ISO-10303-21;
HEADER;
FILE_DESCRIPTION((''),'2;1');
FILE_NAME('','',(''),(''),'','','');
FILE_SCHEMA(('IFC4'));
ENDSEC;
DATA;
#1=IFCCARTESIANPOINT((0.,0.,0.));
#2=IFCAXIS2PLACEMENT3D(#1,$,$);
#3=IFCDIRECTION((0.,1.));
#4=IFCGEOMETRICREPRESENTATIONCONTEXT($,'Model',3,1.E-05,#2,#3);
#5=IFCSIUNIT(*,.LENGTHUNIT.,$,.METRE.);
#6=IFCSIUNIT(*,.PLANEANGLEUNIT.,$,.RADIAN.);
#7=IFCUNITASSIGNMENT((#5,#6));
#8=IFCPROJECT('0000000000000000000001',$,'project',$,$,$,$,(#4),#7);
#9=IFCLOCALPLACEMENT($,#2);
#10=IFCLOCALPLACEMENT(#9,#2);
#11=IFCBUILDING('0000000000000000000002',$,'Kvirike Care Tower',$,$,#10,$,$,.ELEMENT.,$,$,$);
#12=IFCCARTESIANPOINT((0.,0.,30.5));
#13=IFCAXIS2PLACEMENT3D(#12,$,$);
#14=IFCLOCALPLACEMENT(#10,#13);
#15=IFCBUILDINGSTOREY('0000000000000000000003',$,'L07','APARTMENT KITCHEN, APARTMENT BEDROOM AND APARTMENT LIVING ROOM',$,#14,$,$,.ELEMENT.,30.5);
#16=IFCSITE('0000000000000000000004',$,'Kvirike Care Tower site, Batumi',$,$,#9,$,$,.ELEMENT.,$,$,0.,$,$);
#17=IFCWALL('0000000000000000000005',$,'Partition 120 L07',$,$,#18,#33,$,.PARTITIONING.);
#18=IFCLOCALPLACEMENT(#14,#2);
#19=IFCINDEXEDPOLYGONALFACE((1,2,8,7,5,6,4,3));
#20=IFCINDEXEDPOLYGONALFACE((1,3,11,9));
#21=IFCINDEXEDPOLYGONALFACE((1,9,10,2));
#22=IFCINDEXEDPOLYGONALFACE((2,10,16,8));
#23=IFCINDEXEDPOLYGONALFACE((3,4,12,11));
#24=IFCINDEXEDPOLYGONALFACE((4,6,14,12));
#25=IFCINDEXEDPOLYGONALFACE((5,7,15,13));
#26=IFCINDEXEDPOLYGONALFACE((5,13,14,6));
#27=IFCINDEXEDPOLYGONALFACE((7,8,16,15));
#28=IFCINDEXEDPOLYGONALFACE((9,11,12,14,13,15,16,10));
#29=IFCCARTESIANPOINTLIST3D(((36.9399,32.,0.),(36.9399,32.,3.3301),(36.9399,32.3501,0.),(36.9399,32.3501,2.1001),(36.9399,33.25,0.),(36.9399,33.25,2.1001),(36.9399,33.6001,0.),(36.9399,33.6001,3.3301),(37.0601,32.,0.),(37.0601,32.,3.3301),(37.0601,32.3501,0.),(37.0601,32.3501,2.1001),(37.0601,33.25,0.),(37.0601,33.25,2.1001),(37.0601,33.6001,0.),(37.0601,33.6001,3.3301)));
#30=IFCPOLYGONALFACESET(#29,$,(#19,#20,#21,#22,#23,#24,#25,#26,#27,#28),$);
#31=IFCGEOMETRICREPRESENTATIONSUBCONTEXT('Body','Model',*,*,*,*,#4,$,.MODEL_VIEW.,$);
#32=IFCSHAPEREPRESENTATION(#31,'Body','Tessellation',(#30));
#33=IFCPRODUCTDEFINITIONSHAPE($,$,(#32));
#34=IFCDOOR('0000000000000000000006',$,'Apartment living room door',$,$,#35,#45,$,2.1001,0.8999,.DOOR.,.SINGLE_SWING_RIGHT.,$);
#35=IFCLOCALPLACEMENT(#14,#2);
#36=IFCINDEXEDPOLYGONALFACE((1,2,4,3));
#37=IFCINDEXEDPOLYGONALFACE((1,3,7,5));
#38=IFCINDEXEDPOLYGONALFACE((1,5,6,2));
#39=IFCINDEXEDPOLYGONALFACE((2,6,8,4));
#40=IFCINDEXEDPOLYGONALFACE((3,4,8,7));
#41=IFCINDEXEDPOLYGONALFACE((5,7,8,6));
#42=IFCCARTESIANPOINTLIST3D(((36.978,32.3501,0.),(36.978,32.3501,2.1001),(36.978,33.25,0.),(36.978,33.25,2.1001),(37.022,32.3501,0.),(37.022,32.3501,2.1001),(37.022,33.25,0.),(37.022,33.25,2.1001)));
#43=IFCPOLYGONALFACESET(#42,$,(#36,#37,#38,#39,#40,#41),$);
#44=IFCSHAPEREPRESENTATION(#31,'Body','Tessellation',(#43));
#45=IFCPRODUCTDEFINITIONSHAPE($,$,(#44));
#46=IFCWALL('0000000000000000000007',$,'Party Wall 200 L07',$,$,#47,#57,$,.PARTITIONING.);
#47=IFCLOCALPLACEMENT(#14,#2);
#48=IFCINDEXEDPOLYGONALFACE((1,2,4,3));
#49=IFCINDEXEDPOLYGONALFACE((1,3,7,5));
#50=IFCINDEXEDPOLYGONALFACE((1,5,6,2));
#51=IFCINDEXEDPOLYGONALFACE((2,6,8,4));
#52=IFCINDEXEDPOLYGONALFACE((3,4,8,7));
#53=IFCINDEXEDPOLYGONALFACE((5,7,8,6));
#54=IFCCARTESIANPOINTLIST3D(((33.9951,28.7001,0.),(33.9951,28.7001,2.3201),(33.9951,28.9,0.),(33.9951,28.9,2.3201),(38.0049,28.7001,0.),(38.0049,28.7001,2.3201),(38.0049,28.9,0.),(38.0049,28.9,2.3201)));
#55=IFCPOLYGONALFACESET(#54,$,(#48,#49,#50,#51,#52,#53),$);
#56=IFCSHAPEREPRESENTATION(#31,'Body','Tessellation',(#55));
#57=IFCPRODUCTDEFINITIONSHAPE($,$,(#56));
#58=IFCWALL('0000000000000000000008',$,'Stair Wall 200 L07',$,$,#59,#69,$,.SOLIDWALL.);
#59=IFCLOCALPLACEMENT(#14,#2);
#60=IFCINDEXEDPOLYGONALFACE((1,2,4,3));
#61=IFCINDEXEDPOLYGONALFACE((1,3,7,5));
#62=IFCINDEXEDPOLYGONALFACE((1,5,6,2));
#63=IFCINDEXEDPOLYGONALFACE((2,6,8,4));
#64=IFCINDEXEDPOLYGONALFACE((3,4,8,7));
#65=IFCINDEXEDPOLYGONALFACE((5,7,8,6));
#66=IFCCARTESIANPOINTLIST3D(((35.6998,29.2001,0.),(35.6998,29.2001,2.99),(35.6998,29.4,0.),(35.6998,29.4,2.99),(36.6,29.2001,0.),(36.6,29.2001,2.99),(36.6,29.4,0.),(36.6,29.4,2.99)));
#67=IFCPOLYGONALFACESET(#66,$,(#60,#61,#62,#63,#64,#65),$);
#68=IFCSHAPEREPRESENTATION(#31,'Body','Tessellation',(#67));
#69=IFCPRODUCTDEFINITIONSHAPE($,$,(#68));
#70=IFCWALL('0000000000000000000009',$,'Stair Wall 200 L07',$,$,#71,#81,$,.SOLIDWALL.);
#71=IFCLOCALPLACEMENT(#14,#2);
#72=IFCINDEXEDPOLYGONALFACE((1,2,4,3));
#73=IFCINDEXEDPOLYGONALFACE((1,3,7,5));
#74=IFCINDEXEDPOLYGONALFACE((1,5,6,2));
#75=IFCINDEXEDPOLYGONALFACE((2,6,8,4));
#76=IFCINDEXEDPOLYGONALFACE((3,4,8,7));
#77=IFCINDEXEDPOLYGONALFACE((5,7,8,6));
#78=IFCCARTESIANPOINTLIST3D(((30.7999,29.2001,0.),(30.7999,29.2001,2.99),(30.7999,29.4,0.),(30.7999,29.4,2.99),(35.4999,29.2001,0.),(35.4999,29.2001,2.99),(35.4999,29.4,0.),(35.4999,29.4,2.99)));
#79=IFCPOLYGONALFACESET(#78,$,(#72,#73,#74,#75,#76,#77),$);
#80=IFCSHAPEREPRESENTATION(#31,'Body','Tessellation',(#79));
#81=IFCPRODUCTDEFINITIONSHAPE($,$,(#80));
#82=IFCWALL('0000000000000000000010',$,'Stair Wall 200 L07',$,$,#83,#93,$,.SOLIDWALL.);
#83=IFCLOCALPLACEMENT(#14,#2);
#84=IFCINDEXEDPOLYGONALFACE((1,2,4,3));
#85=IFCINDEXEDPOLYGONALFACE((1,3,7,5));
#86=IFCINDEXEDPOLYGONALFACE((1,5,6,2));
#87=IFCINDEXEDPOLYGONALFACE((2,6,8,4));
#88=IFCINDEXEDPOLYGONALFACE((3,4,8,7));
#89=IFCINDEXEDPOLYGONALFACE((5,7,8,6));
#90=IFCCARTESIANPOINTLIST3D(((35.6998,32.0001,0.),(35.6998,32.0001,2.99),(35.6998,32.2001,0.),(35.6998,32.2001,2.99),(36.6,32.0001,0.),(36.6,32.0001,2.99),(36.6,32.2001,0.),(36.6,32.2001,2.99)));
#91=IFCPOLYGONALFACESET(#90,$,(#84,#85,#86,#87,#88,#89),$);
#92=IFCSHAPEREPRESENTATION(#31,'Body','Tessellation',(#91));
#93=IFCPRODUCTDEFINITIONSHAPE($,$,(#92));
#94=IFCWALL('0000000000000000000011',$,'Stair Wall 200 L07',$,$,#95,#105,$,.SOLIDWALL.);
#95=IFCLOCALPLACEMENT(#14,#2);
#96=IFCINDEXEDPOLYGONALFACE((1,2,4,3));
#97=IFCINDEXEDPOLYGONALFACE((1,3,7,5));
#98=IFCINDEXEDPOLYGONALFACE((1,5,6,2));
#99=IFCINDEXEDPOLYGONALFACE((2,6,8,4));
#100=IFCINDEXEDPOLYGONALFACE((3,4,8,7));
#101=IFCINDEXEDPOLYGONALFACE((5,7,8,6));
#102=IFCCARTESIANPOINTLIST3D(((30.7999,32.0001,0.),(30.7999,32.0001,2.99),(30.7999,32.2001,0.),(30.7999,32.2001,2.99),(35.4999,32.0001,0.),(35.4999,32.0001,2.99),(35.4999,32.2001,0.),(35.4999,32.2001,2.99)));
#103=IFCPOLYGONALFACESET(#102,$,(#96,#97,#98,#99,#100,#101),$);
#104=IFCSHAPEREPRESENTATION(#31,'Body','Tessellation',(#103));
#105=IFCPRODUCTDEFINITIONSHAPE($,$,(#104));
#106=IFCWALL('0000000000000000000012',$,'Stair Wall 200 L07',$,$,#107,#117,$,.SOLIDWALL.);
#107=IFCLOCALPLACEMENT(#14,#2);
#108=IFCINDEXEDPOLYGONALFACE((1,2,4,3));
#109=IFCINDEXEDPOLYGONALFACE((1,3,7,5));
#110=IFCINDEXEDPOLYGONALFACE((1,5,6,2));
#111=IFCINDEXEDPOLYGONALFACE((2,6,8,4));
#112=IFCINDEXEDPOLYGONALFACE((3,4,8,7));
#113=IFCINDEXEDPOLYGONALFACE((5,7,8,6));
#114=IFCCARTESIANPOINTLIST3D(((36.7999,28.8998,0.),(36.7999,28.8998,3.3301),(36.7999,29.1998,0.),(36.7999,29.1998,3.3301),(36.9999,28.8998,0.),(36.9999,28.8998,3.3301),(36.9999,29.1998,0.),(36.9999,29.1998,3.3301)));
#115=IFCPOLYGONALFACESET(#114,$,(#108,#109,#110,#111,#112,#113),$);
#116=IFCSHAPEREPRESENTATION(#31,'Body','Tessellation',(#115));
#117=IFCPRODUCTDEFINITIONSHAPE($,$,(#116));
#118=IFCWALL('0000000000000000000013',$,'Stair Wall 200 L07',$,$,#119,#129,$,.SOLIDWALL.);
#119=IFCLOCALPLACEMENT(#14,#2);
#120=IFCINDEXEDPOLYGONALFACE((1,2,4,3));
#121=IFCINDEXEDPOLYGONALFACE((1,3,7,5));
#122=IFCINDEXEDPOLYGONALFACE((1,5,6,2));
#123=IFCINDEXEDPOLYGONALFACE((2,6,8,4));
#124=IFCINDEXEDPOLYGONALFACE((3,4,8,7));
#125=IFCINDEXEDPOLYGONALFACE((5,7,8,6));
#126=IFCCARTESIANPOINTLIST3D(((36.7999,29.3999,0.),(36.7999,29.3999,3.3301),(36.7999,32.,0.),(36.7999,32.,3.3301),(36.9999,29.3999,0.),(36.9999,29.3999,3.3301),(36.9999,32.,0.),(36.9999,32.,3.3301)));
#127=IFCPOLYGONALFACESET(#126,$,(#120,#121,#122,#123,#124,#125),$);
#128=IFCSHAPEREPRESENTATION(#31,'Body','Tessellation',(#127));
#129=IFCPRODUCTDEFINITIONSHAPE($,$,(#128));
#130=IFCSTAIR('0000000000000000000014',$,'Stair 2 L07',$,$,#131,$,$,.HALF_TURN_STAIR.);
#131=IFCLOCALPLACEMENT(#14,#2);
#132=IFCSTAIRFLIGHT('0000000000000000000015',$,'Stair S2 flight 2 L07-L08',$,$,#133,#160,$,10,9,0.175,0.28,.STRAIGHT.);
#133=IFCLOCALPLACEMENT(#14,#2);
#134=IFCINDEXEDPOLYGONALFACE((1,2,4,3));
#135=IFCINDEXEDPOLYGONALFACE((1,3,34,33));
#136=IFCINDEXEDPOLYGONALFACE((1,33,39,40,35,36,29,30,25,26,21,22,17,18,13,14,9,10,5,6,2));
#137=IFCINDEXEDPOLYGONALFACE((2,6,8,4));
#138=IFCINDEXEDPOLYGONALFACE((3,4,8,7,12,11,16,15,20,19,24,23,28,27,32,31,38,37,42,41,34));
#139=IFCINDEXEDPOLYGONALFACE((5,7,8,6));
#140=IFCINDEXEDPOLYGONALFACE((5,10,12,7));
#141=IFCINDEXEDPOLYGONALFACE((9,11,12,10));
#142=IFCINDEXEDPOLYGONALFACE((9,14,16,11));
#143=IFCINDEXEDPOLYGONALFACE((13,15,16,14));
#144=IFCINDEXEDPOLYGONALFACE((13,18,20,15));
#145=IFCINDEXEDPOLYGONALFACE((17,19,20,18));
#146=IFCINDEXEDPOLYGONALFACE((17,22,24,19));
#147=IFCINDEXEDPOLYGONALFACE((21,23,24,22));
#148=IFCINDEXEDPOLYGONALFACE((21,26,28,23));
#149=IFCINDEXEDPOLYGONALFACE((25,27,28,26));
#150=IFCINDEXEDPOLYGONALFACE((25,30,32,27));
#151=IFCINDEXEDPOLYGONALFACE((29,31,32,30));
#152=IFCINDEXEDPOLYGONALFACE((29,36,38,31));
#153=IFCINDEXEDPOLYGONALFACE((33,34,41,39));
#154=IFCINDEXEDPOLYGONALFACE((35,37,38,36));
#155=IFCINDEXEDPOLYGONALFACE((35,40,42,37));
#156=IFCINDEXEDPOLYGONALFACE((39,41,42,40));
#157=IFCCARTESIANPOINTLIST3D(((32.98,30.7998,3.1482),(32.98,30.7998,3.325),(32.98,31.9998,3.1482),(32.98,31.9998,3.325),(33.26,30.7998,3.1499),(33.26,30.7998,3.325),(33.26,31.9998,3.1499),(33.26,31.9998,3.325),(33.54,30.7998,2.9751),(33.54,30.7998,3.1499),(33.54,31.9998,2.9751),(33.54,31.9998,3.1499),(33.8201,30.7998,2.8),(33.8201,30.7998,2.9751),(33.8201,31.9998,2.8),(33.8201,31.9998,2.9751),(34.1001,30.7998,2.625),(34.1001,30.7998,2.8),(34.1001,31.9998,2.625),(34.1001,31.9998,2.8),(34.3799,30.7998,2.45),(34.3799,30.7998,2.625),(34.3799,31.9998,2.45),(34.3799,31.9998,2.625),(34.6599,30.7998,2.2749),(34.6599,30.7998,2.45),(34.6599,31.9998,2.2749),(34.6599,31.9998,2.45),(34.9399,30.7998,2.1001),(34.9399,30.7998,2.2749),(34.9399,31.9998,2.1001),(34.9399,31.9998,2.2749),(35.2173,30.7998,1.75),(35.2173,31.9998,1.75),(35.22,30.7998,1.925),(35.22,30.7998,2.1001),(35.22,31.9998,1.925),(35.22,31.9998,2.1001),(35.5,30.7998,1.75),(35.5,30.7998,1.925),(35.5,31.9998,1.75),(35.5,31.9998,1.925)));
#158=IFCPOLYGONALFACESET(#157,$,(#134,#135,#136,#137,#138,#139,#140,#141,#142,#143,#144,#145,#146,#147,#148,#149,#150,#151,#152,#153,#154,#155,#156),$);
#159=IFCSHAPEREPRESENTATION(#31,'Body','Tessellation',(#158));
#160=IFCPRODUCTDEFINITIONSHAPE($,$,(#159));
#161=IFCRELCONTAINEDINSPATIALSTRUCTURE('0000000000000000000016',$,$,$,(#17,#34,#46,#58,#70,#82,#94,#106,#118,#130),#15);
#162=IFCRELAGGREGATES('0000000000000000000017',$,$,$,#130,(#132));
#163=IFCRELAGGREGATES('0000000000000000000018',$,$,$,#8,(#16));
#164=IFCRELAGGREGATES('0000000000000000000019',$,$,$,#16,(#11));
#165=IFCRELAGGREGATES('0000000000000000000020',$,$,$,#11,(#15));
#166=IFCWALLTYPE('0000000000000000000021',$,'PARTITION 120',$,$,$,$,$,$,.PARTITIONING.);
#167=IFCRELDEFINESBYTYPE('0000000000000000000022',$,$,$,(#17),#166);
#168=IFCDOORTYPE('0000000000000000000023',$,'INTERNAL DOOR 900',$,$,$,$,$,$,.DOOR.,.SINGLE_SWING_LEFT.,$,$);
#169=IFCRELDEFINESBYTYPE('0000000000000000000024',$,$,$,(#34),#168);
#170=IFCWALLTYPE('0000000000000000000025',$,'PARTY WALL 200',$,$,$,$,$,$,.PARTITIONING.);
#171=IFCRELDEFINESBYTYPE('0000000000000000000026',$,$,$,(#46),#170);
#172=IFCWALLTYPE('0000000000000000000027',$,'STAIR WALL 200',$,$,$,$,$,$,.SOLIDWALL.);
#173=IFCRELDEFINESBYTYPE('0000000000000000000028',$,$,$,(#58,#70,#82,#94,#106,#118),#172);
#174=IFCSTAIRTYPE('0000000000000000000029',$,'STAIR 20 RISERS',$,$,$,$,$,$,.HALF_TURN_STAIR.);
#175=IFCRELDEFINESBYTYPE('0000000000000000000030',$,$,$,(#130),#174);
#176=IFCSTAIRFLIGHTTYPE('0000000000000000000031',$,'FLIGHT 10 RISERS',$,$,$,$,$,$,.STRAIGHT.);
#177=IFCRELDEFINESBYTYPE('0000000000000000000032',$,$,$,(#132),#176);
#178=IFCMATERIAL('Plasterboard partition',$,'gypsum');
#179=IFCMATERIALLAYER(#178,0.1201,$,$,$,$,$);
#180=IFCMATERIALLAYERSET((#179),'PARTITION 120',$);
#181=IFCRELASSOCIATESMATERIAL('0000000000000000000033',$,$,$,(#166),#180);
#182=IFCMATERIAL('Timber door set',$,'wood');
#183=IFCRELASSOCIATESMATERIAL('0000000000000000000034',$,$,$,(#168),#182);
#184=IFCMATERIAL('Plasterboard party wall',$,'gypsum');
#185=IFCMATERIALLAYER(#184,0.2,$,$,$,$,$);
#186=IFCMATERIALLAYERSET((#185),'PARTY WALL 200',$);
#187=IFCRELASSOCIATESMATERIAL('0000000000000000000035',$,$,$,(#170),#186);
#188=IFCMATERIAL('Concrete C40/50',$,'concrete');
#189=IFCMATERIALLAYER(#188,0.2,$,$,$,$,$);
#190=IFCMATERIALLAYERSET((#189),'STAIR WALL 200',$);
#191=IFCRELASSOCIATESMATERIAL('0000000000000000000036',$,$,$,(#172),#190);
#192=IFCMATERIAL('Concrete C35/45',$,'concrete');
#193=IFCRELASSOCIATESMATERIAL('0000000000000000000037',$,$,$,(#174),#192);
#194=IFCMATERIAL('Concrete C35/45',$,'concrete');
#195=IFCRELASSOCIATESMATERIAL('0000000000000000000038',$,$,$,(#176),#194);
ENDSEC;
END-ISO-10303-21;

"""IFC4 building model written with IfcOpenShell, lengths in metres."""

from ifc_helpers import new_model, si_unit, direction, frame, frame_2d, origin, place, context, subcontext, project, spatial, polyline, rectangle, outline, extrude, material, layer, layer_set, type_object, element, fill, aggregate, save


model = new_model("IFC4")

# Units and contexts
model_context = context("Model", 3, precision=1e-05, world=origin(), true_north=direction((0.0, 1.0)))
body_context = subcontext(model_context, "Body", "Model", "MODEL_VIEW")
ifc_project = project(units=[si_unit("LENGTHUNIT", "METRE"), si_unit("PLANEANGLEUNIT", "RADIAN")], contexts=[model_context])

# Site, building, storey
site_placement = place(None, origin())
site = spatial("IfcSite", under=ifc_project, at=site_placement, Name="Kvirike Care Tower site, Batumi", CompositionType="ELEMENT", RefElevation=0.0)
building_placement = place(site_placement, origin())
building = spatial("IfcBuilding", under=site, at=building_placement, Name="Kvirike Care Tower", CompositionType="ELEMENT")
storey_placement = place(building_placement, frame((0.0, 0.0, 30.5)))
storey = spatial("IfcBuildingStorey", under=building, at=storey_placement, Name="L07", Description="APARTMENT KITCHEN, APARTMENT BEDROOM AND APARTMENT LIVING ROOM", CompositionType="ELEMENT", Elevation=30.5)

# Wall, opening, door
ifc_material_1 = material(Name="Plasterboard partition", Category="gypsum")
ifc_layer_1 = layer(ifc_material_1, 0.1201)
ifc_layer_set_1 = layer_set([ifc_layer_1], Name="PARTITION 120")
wall_type_1 = type_object("IfcWallType", Name="PARTITION 120", PredefinedType="PARTITIONING", material=ifc_layer_set_1)
wall_1_placement = place(storey_placement, frame((37.0, 32.0, 0.0), z_axis=(0.0, 0.0, 1.0), x_axis=(0.0, 1.0, 0.0)))
wall_1 = element("IfcWall", 1, at=wall_1_placement, inside=storey, type_object=wall_type_1, Name="Partition 120 L07", PredefinedType="PARTITIONING", context=body_context, shape_type="SweptSolid", body=[
    extrude(rectangle(XDim=1.6001, YDim=0.1201, at=frame_2d((0.8, 0.0))), origin(), (0.0, 0.0, 1.0), 3.3301),
])
opening_1_placement = place(wall_1_placement, frame((0.3501, 0.0, 0.0)))
opening_1 = element("IfcOpeningElement", 2, at=opening_1_placement, cuts=wall_1, PredefinedType="OPENING", context=body_context, shape_type="SweptSolid", body=[
    extrude(rectangle(XDim=0.8999, YDim=2.1001, at=frame_2d((0.45, 1.05))), frame((0.0, 0.0706, 0.0), z_axis=(0.0, -1.0, 0.0), x_axis=(1.0, 0.0, 0.0)), (0.0, 0.0, 1.0), 0.1411),
])
ifc_material_2 = material(Name="Timber door set", Category="wood")
door_type_1 = type_object("IfcDoorType", Name="INTERNAL DOOR 900", OperationType="SINGLE_SWING_LEFT", PredefinedType="DOOR", material=ifc_material_2)
door_1_placement = place(opening_1_placement, origin())
door_1 = element("IfcDoor", 3, at=door_1_placement, inside=storey, type_object=door_type_1, Name="Apartment living room door", OperationType="SINGLE_SWING_RIGHT", OverallHeight=2.1001, OverallWidth=0.8999, PredefinedType="DOOR", context=body_context, shape_type="SweptSolid", body=[
    extrude(rectangle(XDim=0.8999, YDim=2.1001, at=frame_2d((0.45, 1.05))), frame((0.0, 0.022, 0.0), z_axis=(0.0, -1.0, 0.0), x_axis=(1.0, 0.0, 0.0)), (0.0, 0.0, 1.0), 0.0439),
])
fill(opening_1, door_1)

# Walls
ifc_material_3 = material(Name="Plasterboard party wall", Category="gypsum")
ifc_layer_2 = layer(ifc_material_3, 0.2)
ifc_layer_set_2 = layer_set([ifc_layer_2], Name="PARTY WALL 200")
wall_type_2 = type_object("IfcWallType", Name="PARTY WALL 200", PredefinedType="PARTITIONING", material=ifc_layer_set_2)
wall_2_placement = place(storey_placement, frame((38.0049, 28.8, 0.0), z_axis=(0.0, 0.0, 1.0), x_axis=(-1.0, 0.0, 0.0)))
element("IfcWall", 4, at=wall_2_placement, inside=storey, type_object=wall_type_2, Name="Party Wall 200 L07", PredefinedType="PARTITIONING", context=body_context, shape_type="SweptSolid", body=[
    extrude(rectangle(XDim=4.0098, YDim=0.2, at=frame_2d((2.0049, 0.0))), origin(), (0.0, 0.0, 1.0), 2.3201),
])
ifc_material_4 = material(Name="Concrete C40/50", Category="concrete")
ifc_layer_3 = layer(ifc_material_4, 0.2)
ifc_layer_set_3 = layer_set([ifc_layer_3], Name="STAIR WALL 200")
wall_type_3 = type_object("IfcWallType", Name="STAIR WALL 200", PredefinedType="SOLIDWALL", material=ifc_layer_set_3)
wall_3_placement = place(storey_placement, frame((36.6001, 29.3, 0.0), z_axis=(0.0, 0.0, 1.0), x_axis=(-1.0, 0.0, 0.0)))
element("IfcWall", 5, at=wall_3_placement, inside=storey, type_object=wall_type_3, Name="Stair Wall 200 L07", PredefinedType="SOLIDWALL", context=body_context, shape_type="SweptSolid", body=[
    extrude(rectangle(XDim=0.9001, YDim=0.2, at=frame_2d((0.4502, 0.0))), origin(), (0.0, 0.0, 1.0), 2.99),
])
wall_4_placement = place(storey_placement, frame((35.5, 29.3, 0.0), z_axis=(0.0, 0.0, 1.0), x_axis=(-1.0, 0.0, 0.0)))
element("IfcWall", 6, at=wall_4_placement, inside=storey, type_object=wall_type_3, Name="Stair Wall 200 L07", PredefinedType="SOLIDWALL", context=body_context, shape_type="SweptSolid", body=[
    extrude(rectangle(XDim=4.7, YDim=0.2, at=frame_2d((2.3501, 0.0))), origin(), (0.0, 0.0, 1.0), 2.99),
])
wall_5_placement = place(storey_placement, frame((36.6001, 32.1001, 0.0), z_axis=(0.0, 0.0, 1.0), x_axis=(-1.0, 0.0, 0.0)))
element("IfcWall", 7, at=wall_5_placement, inside=storey, type_object=wall_type_3, Name="Stair Wall 200 L07", PredefinedType="SOLIDWALL", context=body_context, shape_type="SweptSolid", body=[
    extrude(rectangle(XDim=0.9001, YDim=0.2, at=frame_2d((0.4502, 0.0))), origin(), (0.0, 0.0, 1.0), 2.99),
])
wall_6_placement = place(storey_placement, frame((35.5, 32.1001, 0.0), z_axis=(0.0, 0.0, 1.0), x_axis=(-1.0, 0.0, 0.0)))
element("IfcWall", 8, at=wall_6_placement, inside=storey, type_object=wall_type_3, Name="Stair Wall 200 L07", PredefinedType="SOLIDWALL", context=body_context, shape_type="SweptSolid", body=[
    extrude(rectangle(XDim=4.7, YDim=0.2, at=frame_2d((2.3501, 0.0))), origin(), (0.0, 0.0, 1.0), 2.99),
])
wall_7_placement = place(storey_placement, frame((36.8999, 28.8999, 0.0), z_axis=(0.0, 0.0, 1.0), x_axis=(0.0, 1.0, 0.0)))
element("IfcWall", 9, at=wall_7_placement, inside=storey, type_object=wall_type_3, Name="Stair Wall 200 L07", PredefinedType="SOLIDWALL", context=body_context, shape_type="SweptSolid", body=[
    extrude(rectangle(XDim=0.3, YDim=0.2, at=frame_2d((0.1499, 0.0))), origin(), (0.0, 0.0, 1.0), 3.3301),
])
wall_8_placement = place(storey_placement, frame((36.8999, 29.3999, 0.0), z_axis=(0.0, 0.0, 1.0), x_axis=(0.0, 1.0, 0.0)))
element("IfcWall", 10, at=wall_8_placement, inside=storey, type_object=wall_type_3, Name="Stair Wall 200 L07", PredefinedType="SOLIDWALL", context=body_context, shape_type="SweptSolid", body=[
    extrude(rectangle(XDim=2.6001, YDim=0.2, at=frame_2d((1.3, 0.0))), origin(), (0.0, 0.0, 1.0), 3.3301),
])

# Stair, stair flight
ifc_material_5 = material(Name="Concrete C35/45", Category="concrete")
stair_type = type_object("IfcStairType", Name="STAIR 20 RISERS", PredefinedType="HALF_TURN_STAIR", material=ifc_material_5)
stair_placement = place(storey_placement, origin())
stair = element("IfcStair", 11, at=stair_placement, inside=storey, type_object=stair_type, Name="Stair 2 L07", PredefinedType="HALF_TURN_STAIR")
ifc_material_6 = material(Name="Concrete C35/45", Category="concrete")
stair_flight_type = type_object("IfcStairFlightType", Name="FLIGHT 10 RISERS", PredefinedType="STRAIGHT", material=ifc_material_6)
stair_flight_placement = place(storey_placement, frame((35.5, 31.3999, 1.75), z_axis=(0.0, 0.0, 1.0), x_axis=(-1.0, 0.0, 0.0)))
stair_flight = element("IfcStairFlight", 12, at=stair_flight_placement, type_object=stair_flight_type, Name="Stair S2 flight 2 L07-L08", NumberOfRisers=10, NumberOfTreads=9, PredefinedType="STRAIGHT", RiserHeight=0.175, TreadLength=0.28, context=body_context, shape_type="SweptSolid", body=[
    extrude(outline(polyline([(0.0, 0.0), (0.0, 0.175), (0.28, 0.175), (0.28, 0.3501), (0.5601, 0.3501), (0.5601, 0.5249), (0.8401, 0.5249), (0.8401, 0.7), (1.1201, 0.7), (1.1201, 0.875), (1.3999, 0.875), (1.3999, 1.05), (1.6799, 1.05), (1.6799, 1.2251), (1.96, 1.2251), (1.96, 1.3999), (2.24, 1.3999), (2.24, 1.575), (2.52, 1.575), (2.52, 1.75), (2.52, 1.3982), (0.2827, 0.0), (0.0, 0.0)])), frame((0.0, 0.6001, 0.0), z_axis=(0.0, -1.0, 0.0), x_axis=(1.0, 0.0, 0.0)), (0.0, 0.0, 1.0), 1.2),
])
aggregate(stair, [stair_flight])

save(model, "model.ifc")
